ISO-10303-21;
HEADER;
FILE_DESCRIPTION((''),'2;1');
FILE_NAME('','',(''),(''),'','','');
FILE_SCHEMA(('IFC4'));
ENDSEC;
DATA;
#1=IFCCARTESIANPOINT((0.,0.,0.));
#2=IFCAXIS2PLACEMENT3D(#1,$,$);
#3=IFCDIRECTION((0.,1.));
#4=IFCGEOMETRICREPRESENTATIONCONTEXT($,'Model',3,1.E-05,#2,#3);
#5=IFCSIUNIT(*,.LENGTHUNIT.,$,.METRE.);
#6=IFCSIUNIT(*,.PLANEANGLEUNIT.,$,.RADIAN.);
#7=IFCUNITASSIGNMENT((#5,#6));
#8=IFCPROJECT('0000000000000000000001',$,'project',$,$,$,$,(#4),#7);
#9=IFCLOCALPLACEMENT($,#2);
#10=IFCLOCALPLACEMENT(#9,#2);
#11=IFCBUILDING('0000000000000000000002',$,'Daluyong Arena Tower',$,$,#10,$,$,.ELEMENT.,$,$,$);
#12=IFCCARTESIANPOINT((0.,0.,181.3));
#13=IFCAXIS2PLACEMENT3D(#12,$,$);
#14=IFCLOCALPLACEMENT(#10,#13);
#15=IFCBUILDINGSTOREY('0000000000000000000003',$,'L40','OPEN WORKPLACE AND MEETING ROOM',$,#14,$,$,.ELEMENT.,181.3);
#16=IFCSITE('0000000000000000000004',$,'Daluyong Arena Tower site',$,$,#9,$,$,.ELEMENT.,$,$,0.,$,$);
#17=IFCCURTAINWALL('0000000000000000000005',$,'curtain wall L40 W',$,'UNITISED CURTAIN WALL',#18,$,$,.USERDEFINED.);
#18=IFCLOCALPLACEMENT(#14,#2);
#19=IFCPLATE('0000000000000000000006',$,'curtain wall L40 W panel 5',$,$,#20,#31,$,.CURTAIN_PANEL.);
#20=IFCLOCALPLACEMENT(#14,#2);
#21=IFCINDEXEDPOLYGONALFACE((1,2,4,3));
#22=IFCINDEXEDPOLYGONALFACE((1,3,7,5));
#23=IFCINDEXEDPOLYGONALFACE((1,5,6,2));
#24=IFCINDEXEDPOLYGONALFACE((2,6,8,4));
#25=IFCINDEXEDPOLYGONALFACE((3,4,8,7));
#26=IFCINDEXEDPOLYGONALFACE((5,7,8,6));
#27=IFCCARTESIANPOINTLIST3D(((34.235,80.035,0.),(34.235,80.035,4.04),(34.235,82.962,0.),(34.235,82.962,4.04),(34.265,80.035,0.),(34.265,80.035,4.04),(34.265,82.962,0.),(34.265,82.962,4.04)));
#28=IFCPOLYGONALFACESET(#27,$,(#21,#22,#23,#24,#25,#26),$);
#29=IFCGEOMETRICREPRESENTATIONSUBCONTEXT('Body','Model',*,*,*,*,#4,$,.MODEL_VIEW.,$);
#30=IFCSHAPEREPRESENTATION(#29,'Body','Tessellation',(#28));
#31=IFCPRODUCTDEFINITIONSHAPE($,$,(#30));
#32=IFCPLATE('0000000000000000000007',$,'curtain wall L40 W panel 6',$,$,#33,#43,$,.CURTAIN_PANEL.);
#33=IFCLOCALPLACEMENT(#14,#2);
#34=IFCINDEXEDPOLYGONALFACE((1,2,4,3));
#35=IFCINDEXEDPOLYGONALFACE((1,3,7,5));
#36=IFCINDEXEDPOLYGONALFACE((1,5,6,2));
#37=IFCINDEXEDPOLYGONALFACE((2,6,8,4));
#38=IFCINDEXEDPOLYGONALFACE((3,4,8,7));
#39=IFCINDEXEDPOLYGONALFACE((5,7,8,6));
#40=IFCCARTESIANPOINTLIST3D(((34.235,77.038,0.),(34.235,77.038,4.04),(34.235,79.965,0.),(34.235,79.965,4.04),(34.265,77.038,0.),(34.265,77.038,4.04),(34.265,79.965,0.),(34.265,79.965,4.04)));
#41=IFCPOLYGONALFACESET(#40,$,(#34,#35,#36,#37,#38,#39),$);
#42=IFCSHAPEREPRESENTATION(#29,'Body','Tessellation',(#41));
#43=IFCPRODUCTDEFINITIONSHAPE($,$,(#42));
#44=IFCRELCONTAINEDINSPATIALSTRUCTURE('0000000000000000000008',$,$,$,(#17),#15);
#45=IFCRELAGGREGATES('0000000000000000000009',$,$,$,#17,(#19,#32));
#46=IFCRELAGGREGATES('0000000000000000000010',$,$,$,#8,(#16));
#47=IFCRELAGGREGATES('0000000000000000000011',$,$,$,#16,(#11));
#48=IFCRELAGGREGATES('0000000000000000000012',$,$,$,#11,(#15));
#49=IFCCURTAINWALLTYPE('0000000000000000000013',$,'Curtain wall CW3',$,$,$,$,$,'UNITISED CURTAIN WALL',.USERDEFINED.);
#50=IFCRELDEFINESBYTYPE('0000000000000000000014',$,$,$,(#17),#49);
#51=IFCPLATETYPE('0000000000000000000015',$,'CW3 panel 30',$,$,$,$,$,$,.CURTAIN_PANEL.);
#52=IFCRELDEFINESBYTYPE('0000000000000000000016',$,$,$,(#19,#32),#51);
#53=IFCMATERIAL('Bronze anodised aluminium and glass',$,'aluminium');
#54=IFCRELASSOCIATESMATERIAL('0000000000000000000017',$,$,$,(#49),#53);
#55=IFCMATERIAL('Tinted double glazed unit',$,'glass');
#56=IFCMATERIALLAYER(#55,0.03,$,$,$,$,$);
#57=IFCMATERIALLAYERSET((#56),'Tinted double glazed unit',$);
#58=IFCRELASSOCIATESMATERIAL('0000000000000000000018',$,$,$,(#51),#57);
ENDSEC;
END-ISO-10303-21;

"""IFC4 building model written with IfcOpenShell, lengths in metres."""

from ifc_helpers import new_model, si_unit, direction, frame, origin, origin_2d, place, context, subcontext, project, spatial, rectangle, extrude, material, layer, layer_set, type_object, element, aggregate, save


model = new_model("IFC4")

# Units and contexts
model_context = context("Model", 3, precision=1e-05, world=origin(), true_north=direction((0.0, 1.0)))
body_context = subcontext(model_context, "Body", "Model", "MODEL_VIEW")
ifc_project = project(units=[si_unit("LENGTHUNIT", "METRE"), si_unit("PLANEANGLEUNIT", "RADIAN")], contexts=[model_context])

# Site, building, storey
site_placement = place(None, origin())
site = spatial("IfcSite", under=ifc_project, at=site_placement, Name="Daluyong Arena Tower site", CompositionType="ELEMENT", RefElevation=0.0)
building_placement = place(site_placement, origin())
building = spatial("IfcBuilding", under=site, at=building_placement, Name="Daluyong Arena Tower", CompositionType="ELEMENT")
storey_placement = place(building_placement, frame((0.0, 0.0, 181.3)))
storey = spatial("IfcBuildingStorey", under=building, at=storey_placement, Name="L40", Description="OPEN WORKPLACE AND MEETING ROOM", CompositionType="ELEMENT", Elevation=181.3)

# Curtain wall
ifc_material_1 = material(Name="Bronze anodised aluminium and glass", Category="aluminium")
curtain_wall_type = type_object("IfcCurtainWallType", Name="Curtain wall CW3", ElementType="UNITISED CURTAIN WALL", PredefinedType="USERDEFINED", material=ifc_material_1)
curtain_wall_placement = place(storey_placement, origin())
curtain_wall = element("IfcCurtainWall", 1, at=curtain_wall_placement, inside=storey, type_object=curtain_wall_type, Name="curtain wall L40 W", ObjectType="UNITISED CURTAIN WALL", PredefinedType="USERDEFINED")

# Plates
ifc_material_2 = material(Name="Tinted double glazed unit", Category="glass")
ifc_layer = layer(ifc_material_2, 0.03)
ifc_layer_set = layer_set([ifc_layer], Name="Tinted double glazed unit")
plate_type = type_object("IfcPlateType", Name="CW3 panel 30", PredefinedType="CURTAIN_PANEL", material=ifc_layer_set)
plate_1_placement = place(storey_placement, frame((34.25, 81.4985, 0.0), z_axis=(0.0, 0.0, 1.0), x_axis=(0.0, -1.0, 0.0)))
plate_1 = element("IfcPlate", 2, at=plate_1_placement, type_object=plate_type, Name="curtain wall L40 W panel 5", PredefinedType="CURTAIN_PANEL", context=body_context, shape_type="SweptSolid", body=[
    extrude(rectangle(XDim=2.927, YDim=0.03, at=origin_2d()), origin(), (0.0, 0.0, 1.0), 4.04),
])
plate_2_placement = place(storey_placement, frame((34.25, 78.5015, 0.0), z_axis=(0.0, 0.0, 1.0), x_axis=(0.0, -1.0, 0.0)))
plate_2 = element("IfcPlate", 3, at=plate_2_placement, type_object=plate_type, Name="curtain wall L40 W panel 6", PredefinedType="CURTAIN_PANEL", context=body_context, shape_type="SweptSolid", body=[
    extrude(rectangle(XDim=2.927, YDim=0.03, at=origin_2d()), origin(), (0.0, 0.0, 1.0), 4.04),
])
aggregate(curtain_wall, [plate_1, plate_2])

save(model, "model.ifc")
